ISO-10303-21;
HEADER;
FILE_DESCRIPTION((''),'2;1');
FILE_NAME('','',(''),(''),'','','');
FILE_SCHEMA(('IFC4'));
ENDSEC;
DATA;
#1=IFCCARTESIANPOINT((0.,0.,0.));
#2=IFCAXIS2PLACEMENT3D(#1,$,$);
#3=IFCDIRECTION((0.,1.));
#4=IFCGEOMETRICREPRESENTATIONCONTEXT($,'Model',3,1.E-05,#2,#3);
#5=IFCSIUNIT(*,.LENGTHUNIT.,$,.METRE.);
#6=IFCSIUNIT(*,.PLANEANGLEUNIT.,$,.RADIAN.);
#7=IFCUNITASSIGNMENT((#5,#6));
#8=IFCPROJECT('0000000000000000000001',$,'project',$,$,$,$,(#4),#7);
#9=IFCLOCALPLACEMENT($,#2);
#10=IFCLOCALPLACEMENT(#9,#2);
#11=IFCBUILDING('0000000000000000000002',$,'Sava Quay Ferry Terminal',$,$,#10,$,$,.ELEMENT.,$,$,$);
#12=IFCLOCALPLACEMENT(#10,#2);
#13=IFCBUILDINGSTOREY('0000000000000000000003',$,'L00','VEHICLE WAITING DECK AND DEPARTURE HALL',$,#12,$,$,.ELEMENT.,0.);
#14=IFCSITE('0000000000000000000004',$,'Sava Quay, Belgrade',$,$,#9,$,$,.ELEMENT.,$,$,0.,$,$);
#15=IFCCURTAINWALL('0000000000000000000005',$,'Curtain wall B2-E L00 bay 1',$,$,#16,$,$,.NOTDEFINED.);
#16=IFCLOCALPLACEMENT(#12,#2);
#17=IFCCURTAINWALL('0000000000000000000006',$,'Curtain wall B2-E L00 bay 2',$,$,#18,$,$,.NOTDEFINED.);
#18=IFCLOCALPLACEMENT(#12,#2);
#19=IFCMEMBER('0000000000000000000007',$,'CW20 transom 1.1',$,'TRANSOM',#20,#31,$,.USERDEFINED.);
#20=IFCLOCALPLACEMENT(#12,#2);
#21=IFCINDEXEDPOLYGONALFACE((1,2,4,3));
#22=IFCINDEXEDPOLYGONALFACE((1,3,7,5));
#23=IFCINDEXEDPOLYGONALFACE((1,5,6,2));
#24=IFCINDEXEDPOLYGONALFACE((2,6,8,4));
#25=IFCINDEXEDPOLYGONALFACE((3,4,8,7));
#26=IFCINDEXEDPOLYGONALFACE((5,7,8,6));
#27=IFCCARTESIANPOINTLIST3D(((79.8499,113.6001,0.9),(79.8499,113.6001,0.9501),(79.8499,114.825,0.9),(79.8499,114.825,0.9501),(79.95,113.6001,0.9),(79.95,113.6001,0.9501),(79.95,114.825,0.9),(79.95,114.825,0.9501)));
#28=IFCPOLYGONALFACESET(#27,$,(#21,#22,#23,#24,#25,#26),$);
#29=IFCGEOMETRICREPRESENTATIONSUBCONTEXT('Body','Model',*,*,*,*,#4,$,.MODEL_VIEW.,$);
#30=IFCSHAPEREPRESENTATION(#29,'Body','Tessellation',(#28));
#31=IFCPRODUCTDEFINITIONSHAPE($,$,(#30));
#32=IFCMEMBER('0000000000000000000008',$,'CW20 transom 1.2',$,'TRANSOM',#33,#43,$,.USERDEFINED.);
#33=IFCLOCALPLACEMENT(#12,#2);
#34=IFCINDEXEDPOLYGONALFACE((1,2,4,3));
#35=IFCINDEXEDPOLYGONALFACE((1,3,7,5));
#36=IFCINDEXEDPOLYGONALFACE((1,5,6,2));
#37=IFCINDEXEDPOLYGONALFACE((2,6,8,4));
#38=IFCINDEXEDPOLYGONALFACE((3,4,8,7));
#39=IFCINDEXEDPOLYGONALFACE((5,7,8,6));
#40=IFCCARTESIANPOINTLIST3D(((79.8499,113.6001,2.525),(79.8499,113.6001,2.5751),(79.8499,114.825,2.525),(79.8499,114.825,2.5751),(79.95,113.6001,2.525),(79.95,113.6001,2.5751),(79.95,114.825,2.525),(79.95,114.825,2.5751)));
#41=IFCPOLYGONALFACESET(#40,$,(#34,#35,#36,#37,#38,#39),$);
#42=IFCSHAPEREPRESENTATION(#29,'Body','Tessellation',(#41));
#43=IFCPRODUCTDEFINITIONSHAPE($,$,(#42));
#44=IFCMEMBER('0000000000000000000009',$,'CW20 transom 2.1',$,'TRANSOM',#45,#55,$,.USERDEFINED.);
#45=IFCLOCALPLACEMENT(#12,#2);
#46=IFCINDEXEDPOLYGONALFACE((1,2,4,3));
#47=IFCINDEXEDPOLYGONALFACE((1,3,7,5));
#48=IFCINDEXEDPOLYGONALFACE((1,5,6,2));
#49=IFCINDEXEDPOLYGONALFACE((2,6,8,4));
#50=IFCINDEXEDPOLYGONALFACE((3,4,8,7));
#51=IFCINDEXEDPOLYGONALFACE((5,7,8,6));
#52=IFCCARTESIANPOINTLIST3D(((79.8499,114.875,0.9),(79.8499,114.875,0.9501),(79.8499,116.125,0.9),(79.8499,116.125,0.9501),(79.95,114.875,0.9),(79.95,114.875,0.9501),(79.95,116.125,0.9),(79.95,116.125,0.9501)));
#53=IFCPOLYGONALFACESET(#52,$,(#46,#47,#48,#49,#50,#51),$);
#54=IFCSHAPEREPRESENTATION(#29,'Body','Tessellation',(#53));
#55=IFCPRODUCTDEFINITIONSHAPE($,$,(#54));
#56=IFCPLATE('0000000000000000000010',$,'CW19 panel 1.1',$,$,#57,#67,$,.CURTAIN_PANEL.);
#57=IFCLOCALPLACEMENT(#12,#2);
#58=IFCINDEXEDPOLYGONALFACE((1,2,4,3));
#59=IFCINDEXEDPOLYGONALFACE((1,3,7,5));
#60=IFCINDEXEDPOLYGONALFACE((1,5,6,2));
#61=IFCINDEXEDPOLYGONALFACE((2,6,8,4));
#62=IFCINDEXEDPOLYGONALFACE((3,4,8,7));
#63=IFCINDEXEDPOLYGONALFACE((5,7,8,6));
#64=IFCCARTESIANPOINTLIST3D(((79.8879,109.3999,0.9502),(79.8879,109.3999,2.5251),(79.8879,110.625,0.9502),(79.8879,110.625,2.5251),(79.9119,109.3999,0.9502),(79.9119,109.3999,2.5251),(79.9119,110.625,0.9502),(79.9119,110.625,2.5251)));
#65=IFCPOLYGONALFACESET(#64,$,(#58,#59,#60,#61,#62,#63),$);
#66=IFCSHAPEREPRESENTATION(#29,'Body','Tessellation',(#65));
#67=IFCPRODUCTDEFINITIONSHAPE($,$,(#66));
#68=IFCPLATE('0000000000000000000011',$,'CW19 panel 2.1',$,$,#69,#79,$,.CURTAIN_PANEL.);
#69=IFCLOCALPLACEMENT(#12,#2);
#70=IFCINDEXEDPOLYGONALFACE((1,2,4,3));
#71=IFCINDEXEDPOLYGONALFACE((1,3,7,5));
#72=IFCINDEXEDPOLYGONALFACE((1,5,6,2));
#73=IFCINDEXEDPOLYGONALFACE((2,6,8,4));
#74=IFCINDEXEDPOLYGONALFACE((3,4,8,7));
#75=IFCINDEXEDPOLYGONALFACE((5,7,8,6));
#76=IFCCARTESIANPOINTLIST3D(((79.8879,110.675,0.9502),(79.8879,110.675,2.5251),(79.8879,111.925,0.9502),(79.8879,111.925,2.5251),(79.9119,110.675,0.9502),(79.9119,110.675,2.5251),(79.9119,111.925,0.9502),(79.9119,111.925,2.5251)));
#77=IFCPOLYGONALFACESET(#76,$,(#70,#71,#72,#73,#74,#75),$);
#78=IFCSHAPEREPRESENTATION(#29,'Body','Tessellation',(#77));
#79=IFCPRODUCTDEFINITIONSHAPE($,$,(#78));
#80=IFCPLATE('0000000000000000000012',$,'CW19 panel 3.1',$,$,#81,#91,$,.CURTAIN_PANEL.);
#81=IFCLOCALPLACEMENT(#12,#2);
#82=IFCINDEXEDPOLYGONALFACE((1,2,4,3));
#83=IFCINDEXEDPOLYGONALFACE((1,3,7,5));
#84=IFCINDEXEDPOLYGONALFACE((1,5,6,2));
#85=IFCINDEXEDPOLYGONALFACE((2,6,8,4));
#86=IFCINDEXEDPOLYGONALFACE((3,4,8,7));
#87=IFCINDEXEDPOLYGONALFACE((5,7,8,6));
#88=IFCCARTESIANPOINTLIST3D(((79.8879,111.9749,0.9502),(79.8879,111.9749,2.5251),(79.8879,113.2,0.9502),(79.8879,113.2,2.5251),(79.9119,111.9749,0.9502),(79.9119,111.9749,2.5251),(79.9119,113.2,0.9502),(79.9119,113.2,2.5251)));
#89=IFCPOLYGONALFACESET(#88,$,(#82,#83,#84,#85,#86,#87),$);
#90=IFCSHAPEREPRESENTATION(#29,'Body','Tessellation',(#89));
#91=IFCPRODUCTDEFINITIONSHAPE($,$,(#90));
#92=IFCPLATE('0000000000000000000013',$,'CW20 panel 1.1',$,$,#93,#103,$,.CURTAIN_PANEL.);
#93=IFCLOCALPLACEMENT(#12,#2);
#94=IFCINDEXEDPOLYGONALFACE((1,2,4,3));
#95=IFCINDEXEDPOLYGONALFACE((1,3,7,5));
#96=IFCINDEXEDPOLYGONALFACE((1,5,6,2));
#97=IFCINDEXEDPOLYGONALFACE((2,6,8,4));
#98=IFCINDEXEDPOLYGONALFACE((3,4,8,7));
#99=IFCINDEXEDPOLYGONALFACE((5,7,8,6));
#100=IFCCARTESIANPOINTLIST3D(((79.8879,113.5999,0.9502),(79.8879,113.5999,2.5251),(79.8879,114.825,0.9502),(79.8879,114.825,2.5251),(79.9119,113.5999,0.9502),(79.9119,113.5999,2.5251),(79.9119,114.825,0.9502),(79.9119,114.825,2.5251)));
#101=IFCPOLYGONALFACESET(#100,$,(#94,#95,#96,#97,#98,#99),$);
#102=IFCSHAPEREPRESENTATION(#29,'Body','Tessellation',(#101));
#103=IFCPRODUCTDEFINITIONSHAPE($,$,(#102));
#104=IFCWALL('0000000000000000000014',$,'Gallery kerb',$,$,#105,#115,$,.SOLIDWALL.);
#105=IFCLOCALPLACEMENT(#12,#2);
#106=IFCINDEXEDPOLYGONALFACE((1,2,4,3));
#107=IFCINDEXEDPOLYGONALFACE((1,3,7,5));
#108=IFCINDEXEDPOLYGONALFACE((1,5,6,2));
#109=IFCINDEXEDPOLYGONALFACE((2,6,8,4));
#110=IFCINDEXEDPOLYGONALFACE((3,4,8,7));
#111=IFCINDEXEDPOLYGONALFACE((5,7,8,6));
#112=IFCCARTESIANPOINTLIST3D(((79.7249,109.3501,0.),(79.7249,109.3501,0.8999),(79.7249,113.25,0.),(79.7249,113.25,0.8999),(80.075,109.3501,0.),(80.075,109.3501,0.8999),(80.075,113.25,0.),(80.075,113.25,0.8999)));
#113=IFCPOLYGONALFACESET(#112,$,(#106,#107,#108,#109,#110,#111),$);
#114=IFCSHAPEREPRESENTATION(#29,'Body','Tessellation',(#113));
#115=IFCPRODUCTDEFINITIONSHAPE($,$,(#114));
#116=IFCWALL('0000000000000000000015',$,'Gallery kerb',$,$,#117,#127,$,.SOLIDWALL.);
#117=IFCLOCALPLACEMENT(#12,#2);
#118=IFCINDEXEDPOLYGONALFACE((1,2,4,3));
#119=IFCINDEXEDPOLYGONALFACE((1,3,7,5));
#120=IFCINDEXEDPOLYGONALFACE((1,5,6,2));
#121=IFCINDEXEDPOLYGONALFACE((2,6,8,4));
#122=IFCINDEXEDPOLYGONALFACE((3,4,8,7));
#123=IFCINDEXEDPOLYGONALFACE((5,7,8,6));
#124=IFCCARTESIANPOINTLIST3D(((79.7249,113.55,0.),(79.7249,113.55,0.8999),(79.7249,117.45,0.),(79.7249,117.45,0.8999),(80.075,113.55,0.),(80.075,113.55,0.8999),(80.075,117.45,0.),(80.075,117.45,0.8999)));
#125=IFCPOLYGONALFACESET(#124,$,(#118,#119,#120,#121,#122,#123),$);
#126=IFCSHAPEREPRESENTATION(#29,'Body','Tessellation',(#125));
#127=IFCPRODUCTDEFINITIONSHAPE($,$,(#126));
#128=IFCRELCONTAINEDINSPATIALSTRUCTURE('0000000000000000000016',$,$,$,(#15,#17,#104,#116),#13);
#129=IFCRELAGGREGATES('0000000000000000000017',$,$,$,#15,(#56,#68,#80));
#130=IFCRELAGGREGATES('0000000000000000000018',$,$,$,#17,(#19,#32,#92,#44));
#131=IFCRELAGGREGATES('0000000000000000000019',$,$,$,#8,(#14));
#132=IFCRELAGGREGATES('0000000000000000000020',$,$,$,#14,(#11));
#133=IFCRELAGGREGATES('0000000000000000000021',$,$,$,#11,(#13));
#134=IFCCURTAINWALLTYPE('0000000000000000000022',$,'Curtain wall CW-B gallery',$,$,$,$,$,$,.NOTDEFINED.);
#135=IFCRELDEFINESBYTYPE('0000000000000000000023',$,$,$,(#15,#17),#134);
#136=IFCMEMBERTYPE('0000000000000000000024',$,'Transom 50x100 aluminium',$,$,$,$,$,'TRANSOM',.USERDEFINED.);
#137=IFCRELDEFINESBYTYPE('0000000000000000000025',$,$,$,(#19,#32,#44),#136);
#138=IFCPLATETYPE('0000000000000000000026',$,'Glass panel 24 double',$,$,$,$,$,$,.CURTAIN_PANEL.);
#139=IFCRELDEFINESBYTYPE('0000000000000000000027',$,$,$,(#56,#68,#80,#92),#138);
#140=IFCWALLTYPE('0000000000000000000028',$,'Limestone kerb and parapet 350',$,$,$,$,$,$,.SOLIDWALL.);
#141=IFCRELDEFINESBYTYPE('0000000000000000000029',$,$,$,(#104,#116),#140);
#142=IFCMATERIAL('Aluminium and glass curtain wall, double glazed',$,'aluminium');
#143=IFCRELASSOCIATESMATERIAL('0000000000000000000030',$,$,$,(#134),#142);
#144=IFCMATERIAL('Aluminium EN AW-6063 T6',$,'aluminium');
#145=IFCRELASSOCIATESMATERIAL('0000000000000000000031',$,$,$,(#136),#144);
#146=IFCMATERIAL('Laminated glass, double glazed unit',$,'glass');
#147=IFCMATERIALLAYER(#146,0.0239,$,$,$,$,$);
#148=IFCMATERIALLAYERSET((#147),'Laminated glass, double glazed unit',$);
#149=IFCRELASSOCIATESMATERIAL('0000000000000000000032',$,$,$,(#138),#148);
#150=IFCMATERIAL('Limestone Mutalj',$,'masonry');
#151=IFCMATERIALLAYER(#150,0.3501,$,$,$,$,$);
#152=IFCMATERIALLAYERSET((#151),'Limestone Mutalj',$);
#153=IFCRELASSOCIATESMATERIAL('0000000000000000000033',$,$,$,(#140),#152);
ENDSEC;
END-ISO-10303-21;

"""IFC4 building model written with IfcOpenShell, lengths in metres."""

from ifc_helpers import new_model, si_unit, direction, frame, frame_2d, origin, origin_2d, place, context, subcontext, project, spatial, rectangle, extrude, material, layer, layer_set, material_profile, profile_set, type_object, element, aggregate, save


model = new_model("IFC4")

# Units and contexts
model_context = context("Model", 3, precision=1e-05, world=origin(), true_north=direction((0.0, 1.0)))
body_context = subcontext(model_context, "Body", "Model", "MODEL_VIEW")
ifc_project = project(units=[si_unit("LENGTHUNIT", "METRE"), si_unit("PLANEANGLEUNIT", "RADIAN")], contexts=[model_context])

# Site, building, storey
site_placement = place(None, origin())
site = spatial("IfcSite", under=ifc_project, at=site_placement, Name="Sava Quay, Belgrade", CompositionType="ELEMENT", RefElevation=0.0)
building_placement = place(site_placement, origin())
building = spatial("IfcBuilding", under=site, at=building_placement, Name="Sava Quay Ferry Terminal", CompositionType="ELEMENT")
storey_placement = place(building_placement, origin())
storey = spatial("IfcBuildingStorey", under=building, at=storey_placement, Name="L00", Description="VEHICLE WAITING DECK AND DEPARTURE HALL", CompositionType="ELEMENT", Elevation=0.0)

# Curtain walls
ifc_material_1 = material(Name="Aluminium and glass curtain wall, double glazed", Category="aluminium")
curtain_wall_type = type_object("IfcCurtainWallType", Name="Curtain wall CW-B gallery", PredefinedType="NOTDEFINED", material=ifc_material_1)
curtain_wall_1_placement = place(storey_placement, origin())
curtain_wall_1 = element("IfcCurtainWall", 1, at=curtain_wall_1_placement, inside=storey, type_object=curtain_wall_type, Name="Curtain wall B2-E L00 bay 1", PredefinedType="NOTDEFINED")
curtain_wall_2_placement = place(storey_placement, origin())
curtain_wall_2 = element("IfcCurtainWall", 2, at=curtain_wall_2_placement, inside=storey, type_object=curtain_wall_type, Name="Curtain wall B2-E L00 bay 2", PredefinedType="NOTDEFINED")

# Members
ifc_material_2 = material(Name="Aluminium EN AW-6063 T6", Category="aluminium")
ifc_material_profile_1 = material_profile(ifc_material_2, rectangle(XDim=0.1001, YDim=0.05, at=origin_2d()), Name="Transom 50x100 aluminium")
ifc_profile_set_1 = profile_set([ifc_material_profile_1], Name="Aluminium EN AW-6063 T6")
member_type_1 = type_object("IfcMemberType", Name="Transom 50x100 aluminium", ElementType="TRANSOM", PredefinedType="USERDEFINED", material=ifc_profile_set_1)
member_1_placement = place(storey_placement, frame((79.8999, 113.6001, 0.925), z_axis=(0.0, 1.0, 0.0), x_axis=(-1.0, 0.0, 0.0)))
member_1 = element("IfcMember", 3, at=member_1_placement, type_object=member_type_1, Name="CW20 transom 1.1", ObjectType="TRANSOM", PredefinedType="USERDEFINED", context=body_context, shape_type="SweptSolid", body=[
    extrude(rectangle(XDim=0.1001, YDim=0.05, at=origin_2d()), origin(), (0.0, 0.0, 1.0), 1.2249),
])
member_2_placement = place(storey_placement, frame((79.8999, 113.6001, 2.55), z_axis=(0.0, 1.0, 0.0), x_axis=(-1.0, 0.0, 0.0)))
member_2 = element("IfcMember", 4, at=member_2_placement, type_object=member_type_1, Name="CW20 transom 1.2", ObjectType="TRANSOM", PredefinedType="USERDEFINED", context=body_context, shape_type="SweptSolid", body=[
    extrude(rectangle(XDim=0.1001, YDim=0.05, at=origin_2d()), origin(), (0.0, 0.0, 1.0), 1.2249),
])
member_3_placement = place(storey_placement, frame((79.8999, 114.875, 0.925), z_axis=(0.0, 1.0, 0.0), x_axis=(-1.0, 0.0, 0.0)))
member_3 = element("IfcMember", 5, at=member_3_placement, type_object=member_type_1, Name="CW20 transom 2.1", ObjectType="TRANSOM", PredefinedType="USERDEFINED", context=body_context, shape_type="SweptSolid", body=[
    extrude(rectangle(XDim=0.1001, YDim=0.05, at=origin_2d()), origin(), (0.0, 0.0, 1.0), 1.25),
])

# Plates
ifc_material_3 = material(Name="Laminated glass, double glazed unit", Category="glass")
ifc_layer_1 = layer(ifc_material_3, 0.0239)
ifc_layer_set_1 = layer_set([ifc_layer_1], Name="Laminated glass, double glazed unit")
plate_type = type_object("IfcPlateType", Name="Glass panel 24 double", PredefinedType="CURTAIN_PANEL", material=ifc_layer_set_1)
plate_1_placement = place(storey_placement, frame((79.8999, 110.0125, 0.9502), z_axis=(0.0, 0.0, 1.0), x_axis=(0.0, 1.0, 0.0)))
plate_1 = element("IfcPlate", 6, at=plate_1_placement, type_object=plate_type, Name="CW19 panel 1.1", PredefinedType="CURTAIN_PANEL", context=body_context, shape_type="SweptSolid", body=[
    extrude(rectangle(XDim=1.2251, YDim=0.0239, at=origin_2d()), origin(), (0.0, 0.0, 1.0), 1.575),
])
plate_2_placement = place(storey_placement, frame((79.8999, 111.3, 0.9502), z_axis=(0.0, 0.0, 1.0), x_axis=(0.0, 1.0, 0.0)))
plate_2 = element("IfcPlate", 7, at=plate_2_placement, type_object=plate_type, Name="CW19 panel 2.1", PredefinedType="CURTAIN_PANEL", context=body_context, shape_type="SweptSolid", body=[
    extrude(rectangle(XDim=1.25, YDim=0.0239, at=origin_2d()), origin(), (0.0, 0.0, 1.0), 1.575),
])
plate_3_placement = place(storey_placement, frame((79.8999, 112.5874, 0.9502), z_axis=(0.0, 0.0, 1.0), x_axis=(0.0, 1.0, 0.0)))
plate_3 = element("IfcPlate", 8, at=plate_3_placement, type_object=plate_type, Name="CW19 panel 3.1", PredefinedType="CURTAIN_PANEL", context=body_context, shape_type="SweptSolid", body=[
    extrude(rectangle(XDim=1.2251, YDim=0.0239, at=origin_2d()), origin(), (0.0, 0.0, 1.0), 1.575),
])
aggregate(curtain_wall_1, [plate_1, plate_2, plate_3])
plate_4_placement = place(storey_placement, frame((79.8999, 114.2124, 0.9502), z_axis=(0.0, 0.0, 1.0), x_axis=(0.0, 1.0, 0.0)))
plate_4 = element("IfcPlate", 9, at=plate_4_placement, type_object=plate_type, Name="CW20 panel 1.1", PredefinedType="CURTAIN_PANEL", context=body_context, shape_type="SweptSolid", body=[
    extrude(rectangle(XDim=1.2251, YDim=0.0239, at=origin_2d()), origin(), (0.0, 0.0, 1.0), 1.575),
])
aggregate(curtain_wall_2, [member_1, member_2, plate_4, member_3])

# Walls
ifc_material_4 = material(Name="Limestone Mutalj", Category="masonry")
ifc_layer_2 = layer(ifc_material_4, 0.3501)
ifc_layer_set_2 = layer_set([ifc_layer_2], Name="Limestone Mutalj")
wall_type = type_object("IfcWallType", Name="Limestone kerb and parapet 350", PredefinedType="SOLIDWALL", material=ifc_layer_set_2)
for number, where, z_axis, x_axis, name in (
    (10, (79.8999, 109.3501, 0.0), (0.0, 0.0, 1.0), (0.0, 1.0, 0.0), "Gallery kerb"),
    (11, (79.8999, 113.55, 0.0), (0.0, 0.0, 1.0), (0.0, 1.0, 0.0), "Gallery kerb"),
):
    element("IfcWall", number, at=place(storey_placement, frame(where, z_axis=z_axis, x_axis=x_axis)), inside=storey, type_object=wall_type, Name=name, PredefinedType="SOLIDWALL", context=body_context, shape_type="SweptSolid", body=[
        extrude(rectangle(XDim=3.8999, YDim=0.3501, at=frame_2d((1.95, 0.0))), origin(), (0.0, 0.0, 1.0), 0.8999),
    ])

save(model, "model.ifc")
